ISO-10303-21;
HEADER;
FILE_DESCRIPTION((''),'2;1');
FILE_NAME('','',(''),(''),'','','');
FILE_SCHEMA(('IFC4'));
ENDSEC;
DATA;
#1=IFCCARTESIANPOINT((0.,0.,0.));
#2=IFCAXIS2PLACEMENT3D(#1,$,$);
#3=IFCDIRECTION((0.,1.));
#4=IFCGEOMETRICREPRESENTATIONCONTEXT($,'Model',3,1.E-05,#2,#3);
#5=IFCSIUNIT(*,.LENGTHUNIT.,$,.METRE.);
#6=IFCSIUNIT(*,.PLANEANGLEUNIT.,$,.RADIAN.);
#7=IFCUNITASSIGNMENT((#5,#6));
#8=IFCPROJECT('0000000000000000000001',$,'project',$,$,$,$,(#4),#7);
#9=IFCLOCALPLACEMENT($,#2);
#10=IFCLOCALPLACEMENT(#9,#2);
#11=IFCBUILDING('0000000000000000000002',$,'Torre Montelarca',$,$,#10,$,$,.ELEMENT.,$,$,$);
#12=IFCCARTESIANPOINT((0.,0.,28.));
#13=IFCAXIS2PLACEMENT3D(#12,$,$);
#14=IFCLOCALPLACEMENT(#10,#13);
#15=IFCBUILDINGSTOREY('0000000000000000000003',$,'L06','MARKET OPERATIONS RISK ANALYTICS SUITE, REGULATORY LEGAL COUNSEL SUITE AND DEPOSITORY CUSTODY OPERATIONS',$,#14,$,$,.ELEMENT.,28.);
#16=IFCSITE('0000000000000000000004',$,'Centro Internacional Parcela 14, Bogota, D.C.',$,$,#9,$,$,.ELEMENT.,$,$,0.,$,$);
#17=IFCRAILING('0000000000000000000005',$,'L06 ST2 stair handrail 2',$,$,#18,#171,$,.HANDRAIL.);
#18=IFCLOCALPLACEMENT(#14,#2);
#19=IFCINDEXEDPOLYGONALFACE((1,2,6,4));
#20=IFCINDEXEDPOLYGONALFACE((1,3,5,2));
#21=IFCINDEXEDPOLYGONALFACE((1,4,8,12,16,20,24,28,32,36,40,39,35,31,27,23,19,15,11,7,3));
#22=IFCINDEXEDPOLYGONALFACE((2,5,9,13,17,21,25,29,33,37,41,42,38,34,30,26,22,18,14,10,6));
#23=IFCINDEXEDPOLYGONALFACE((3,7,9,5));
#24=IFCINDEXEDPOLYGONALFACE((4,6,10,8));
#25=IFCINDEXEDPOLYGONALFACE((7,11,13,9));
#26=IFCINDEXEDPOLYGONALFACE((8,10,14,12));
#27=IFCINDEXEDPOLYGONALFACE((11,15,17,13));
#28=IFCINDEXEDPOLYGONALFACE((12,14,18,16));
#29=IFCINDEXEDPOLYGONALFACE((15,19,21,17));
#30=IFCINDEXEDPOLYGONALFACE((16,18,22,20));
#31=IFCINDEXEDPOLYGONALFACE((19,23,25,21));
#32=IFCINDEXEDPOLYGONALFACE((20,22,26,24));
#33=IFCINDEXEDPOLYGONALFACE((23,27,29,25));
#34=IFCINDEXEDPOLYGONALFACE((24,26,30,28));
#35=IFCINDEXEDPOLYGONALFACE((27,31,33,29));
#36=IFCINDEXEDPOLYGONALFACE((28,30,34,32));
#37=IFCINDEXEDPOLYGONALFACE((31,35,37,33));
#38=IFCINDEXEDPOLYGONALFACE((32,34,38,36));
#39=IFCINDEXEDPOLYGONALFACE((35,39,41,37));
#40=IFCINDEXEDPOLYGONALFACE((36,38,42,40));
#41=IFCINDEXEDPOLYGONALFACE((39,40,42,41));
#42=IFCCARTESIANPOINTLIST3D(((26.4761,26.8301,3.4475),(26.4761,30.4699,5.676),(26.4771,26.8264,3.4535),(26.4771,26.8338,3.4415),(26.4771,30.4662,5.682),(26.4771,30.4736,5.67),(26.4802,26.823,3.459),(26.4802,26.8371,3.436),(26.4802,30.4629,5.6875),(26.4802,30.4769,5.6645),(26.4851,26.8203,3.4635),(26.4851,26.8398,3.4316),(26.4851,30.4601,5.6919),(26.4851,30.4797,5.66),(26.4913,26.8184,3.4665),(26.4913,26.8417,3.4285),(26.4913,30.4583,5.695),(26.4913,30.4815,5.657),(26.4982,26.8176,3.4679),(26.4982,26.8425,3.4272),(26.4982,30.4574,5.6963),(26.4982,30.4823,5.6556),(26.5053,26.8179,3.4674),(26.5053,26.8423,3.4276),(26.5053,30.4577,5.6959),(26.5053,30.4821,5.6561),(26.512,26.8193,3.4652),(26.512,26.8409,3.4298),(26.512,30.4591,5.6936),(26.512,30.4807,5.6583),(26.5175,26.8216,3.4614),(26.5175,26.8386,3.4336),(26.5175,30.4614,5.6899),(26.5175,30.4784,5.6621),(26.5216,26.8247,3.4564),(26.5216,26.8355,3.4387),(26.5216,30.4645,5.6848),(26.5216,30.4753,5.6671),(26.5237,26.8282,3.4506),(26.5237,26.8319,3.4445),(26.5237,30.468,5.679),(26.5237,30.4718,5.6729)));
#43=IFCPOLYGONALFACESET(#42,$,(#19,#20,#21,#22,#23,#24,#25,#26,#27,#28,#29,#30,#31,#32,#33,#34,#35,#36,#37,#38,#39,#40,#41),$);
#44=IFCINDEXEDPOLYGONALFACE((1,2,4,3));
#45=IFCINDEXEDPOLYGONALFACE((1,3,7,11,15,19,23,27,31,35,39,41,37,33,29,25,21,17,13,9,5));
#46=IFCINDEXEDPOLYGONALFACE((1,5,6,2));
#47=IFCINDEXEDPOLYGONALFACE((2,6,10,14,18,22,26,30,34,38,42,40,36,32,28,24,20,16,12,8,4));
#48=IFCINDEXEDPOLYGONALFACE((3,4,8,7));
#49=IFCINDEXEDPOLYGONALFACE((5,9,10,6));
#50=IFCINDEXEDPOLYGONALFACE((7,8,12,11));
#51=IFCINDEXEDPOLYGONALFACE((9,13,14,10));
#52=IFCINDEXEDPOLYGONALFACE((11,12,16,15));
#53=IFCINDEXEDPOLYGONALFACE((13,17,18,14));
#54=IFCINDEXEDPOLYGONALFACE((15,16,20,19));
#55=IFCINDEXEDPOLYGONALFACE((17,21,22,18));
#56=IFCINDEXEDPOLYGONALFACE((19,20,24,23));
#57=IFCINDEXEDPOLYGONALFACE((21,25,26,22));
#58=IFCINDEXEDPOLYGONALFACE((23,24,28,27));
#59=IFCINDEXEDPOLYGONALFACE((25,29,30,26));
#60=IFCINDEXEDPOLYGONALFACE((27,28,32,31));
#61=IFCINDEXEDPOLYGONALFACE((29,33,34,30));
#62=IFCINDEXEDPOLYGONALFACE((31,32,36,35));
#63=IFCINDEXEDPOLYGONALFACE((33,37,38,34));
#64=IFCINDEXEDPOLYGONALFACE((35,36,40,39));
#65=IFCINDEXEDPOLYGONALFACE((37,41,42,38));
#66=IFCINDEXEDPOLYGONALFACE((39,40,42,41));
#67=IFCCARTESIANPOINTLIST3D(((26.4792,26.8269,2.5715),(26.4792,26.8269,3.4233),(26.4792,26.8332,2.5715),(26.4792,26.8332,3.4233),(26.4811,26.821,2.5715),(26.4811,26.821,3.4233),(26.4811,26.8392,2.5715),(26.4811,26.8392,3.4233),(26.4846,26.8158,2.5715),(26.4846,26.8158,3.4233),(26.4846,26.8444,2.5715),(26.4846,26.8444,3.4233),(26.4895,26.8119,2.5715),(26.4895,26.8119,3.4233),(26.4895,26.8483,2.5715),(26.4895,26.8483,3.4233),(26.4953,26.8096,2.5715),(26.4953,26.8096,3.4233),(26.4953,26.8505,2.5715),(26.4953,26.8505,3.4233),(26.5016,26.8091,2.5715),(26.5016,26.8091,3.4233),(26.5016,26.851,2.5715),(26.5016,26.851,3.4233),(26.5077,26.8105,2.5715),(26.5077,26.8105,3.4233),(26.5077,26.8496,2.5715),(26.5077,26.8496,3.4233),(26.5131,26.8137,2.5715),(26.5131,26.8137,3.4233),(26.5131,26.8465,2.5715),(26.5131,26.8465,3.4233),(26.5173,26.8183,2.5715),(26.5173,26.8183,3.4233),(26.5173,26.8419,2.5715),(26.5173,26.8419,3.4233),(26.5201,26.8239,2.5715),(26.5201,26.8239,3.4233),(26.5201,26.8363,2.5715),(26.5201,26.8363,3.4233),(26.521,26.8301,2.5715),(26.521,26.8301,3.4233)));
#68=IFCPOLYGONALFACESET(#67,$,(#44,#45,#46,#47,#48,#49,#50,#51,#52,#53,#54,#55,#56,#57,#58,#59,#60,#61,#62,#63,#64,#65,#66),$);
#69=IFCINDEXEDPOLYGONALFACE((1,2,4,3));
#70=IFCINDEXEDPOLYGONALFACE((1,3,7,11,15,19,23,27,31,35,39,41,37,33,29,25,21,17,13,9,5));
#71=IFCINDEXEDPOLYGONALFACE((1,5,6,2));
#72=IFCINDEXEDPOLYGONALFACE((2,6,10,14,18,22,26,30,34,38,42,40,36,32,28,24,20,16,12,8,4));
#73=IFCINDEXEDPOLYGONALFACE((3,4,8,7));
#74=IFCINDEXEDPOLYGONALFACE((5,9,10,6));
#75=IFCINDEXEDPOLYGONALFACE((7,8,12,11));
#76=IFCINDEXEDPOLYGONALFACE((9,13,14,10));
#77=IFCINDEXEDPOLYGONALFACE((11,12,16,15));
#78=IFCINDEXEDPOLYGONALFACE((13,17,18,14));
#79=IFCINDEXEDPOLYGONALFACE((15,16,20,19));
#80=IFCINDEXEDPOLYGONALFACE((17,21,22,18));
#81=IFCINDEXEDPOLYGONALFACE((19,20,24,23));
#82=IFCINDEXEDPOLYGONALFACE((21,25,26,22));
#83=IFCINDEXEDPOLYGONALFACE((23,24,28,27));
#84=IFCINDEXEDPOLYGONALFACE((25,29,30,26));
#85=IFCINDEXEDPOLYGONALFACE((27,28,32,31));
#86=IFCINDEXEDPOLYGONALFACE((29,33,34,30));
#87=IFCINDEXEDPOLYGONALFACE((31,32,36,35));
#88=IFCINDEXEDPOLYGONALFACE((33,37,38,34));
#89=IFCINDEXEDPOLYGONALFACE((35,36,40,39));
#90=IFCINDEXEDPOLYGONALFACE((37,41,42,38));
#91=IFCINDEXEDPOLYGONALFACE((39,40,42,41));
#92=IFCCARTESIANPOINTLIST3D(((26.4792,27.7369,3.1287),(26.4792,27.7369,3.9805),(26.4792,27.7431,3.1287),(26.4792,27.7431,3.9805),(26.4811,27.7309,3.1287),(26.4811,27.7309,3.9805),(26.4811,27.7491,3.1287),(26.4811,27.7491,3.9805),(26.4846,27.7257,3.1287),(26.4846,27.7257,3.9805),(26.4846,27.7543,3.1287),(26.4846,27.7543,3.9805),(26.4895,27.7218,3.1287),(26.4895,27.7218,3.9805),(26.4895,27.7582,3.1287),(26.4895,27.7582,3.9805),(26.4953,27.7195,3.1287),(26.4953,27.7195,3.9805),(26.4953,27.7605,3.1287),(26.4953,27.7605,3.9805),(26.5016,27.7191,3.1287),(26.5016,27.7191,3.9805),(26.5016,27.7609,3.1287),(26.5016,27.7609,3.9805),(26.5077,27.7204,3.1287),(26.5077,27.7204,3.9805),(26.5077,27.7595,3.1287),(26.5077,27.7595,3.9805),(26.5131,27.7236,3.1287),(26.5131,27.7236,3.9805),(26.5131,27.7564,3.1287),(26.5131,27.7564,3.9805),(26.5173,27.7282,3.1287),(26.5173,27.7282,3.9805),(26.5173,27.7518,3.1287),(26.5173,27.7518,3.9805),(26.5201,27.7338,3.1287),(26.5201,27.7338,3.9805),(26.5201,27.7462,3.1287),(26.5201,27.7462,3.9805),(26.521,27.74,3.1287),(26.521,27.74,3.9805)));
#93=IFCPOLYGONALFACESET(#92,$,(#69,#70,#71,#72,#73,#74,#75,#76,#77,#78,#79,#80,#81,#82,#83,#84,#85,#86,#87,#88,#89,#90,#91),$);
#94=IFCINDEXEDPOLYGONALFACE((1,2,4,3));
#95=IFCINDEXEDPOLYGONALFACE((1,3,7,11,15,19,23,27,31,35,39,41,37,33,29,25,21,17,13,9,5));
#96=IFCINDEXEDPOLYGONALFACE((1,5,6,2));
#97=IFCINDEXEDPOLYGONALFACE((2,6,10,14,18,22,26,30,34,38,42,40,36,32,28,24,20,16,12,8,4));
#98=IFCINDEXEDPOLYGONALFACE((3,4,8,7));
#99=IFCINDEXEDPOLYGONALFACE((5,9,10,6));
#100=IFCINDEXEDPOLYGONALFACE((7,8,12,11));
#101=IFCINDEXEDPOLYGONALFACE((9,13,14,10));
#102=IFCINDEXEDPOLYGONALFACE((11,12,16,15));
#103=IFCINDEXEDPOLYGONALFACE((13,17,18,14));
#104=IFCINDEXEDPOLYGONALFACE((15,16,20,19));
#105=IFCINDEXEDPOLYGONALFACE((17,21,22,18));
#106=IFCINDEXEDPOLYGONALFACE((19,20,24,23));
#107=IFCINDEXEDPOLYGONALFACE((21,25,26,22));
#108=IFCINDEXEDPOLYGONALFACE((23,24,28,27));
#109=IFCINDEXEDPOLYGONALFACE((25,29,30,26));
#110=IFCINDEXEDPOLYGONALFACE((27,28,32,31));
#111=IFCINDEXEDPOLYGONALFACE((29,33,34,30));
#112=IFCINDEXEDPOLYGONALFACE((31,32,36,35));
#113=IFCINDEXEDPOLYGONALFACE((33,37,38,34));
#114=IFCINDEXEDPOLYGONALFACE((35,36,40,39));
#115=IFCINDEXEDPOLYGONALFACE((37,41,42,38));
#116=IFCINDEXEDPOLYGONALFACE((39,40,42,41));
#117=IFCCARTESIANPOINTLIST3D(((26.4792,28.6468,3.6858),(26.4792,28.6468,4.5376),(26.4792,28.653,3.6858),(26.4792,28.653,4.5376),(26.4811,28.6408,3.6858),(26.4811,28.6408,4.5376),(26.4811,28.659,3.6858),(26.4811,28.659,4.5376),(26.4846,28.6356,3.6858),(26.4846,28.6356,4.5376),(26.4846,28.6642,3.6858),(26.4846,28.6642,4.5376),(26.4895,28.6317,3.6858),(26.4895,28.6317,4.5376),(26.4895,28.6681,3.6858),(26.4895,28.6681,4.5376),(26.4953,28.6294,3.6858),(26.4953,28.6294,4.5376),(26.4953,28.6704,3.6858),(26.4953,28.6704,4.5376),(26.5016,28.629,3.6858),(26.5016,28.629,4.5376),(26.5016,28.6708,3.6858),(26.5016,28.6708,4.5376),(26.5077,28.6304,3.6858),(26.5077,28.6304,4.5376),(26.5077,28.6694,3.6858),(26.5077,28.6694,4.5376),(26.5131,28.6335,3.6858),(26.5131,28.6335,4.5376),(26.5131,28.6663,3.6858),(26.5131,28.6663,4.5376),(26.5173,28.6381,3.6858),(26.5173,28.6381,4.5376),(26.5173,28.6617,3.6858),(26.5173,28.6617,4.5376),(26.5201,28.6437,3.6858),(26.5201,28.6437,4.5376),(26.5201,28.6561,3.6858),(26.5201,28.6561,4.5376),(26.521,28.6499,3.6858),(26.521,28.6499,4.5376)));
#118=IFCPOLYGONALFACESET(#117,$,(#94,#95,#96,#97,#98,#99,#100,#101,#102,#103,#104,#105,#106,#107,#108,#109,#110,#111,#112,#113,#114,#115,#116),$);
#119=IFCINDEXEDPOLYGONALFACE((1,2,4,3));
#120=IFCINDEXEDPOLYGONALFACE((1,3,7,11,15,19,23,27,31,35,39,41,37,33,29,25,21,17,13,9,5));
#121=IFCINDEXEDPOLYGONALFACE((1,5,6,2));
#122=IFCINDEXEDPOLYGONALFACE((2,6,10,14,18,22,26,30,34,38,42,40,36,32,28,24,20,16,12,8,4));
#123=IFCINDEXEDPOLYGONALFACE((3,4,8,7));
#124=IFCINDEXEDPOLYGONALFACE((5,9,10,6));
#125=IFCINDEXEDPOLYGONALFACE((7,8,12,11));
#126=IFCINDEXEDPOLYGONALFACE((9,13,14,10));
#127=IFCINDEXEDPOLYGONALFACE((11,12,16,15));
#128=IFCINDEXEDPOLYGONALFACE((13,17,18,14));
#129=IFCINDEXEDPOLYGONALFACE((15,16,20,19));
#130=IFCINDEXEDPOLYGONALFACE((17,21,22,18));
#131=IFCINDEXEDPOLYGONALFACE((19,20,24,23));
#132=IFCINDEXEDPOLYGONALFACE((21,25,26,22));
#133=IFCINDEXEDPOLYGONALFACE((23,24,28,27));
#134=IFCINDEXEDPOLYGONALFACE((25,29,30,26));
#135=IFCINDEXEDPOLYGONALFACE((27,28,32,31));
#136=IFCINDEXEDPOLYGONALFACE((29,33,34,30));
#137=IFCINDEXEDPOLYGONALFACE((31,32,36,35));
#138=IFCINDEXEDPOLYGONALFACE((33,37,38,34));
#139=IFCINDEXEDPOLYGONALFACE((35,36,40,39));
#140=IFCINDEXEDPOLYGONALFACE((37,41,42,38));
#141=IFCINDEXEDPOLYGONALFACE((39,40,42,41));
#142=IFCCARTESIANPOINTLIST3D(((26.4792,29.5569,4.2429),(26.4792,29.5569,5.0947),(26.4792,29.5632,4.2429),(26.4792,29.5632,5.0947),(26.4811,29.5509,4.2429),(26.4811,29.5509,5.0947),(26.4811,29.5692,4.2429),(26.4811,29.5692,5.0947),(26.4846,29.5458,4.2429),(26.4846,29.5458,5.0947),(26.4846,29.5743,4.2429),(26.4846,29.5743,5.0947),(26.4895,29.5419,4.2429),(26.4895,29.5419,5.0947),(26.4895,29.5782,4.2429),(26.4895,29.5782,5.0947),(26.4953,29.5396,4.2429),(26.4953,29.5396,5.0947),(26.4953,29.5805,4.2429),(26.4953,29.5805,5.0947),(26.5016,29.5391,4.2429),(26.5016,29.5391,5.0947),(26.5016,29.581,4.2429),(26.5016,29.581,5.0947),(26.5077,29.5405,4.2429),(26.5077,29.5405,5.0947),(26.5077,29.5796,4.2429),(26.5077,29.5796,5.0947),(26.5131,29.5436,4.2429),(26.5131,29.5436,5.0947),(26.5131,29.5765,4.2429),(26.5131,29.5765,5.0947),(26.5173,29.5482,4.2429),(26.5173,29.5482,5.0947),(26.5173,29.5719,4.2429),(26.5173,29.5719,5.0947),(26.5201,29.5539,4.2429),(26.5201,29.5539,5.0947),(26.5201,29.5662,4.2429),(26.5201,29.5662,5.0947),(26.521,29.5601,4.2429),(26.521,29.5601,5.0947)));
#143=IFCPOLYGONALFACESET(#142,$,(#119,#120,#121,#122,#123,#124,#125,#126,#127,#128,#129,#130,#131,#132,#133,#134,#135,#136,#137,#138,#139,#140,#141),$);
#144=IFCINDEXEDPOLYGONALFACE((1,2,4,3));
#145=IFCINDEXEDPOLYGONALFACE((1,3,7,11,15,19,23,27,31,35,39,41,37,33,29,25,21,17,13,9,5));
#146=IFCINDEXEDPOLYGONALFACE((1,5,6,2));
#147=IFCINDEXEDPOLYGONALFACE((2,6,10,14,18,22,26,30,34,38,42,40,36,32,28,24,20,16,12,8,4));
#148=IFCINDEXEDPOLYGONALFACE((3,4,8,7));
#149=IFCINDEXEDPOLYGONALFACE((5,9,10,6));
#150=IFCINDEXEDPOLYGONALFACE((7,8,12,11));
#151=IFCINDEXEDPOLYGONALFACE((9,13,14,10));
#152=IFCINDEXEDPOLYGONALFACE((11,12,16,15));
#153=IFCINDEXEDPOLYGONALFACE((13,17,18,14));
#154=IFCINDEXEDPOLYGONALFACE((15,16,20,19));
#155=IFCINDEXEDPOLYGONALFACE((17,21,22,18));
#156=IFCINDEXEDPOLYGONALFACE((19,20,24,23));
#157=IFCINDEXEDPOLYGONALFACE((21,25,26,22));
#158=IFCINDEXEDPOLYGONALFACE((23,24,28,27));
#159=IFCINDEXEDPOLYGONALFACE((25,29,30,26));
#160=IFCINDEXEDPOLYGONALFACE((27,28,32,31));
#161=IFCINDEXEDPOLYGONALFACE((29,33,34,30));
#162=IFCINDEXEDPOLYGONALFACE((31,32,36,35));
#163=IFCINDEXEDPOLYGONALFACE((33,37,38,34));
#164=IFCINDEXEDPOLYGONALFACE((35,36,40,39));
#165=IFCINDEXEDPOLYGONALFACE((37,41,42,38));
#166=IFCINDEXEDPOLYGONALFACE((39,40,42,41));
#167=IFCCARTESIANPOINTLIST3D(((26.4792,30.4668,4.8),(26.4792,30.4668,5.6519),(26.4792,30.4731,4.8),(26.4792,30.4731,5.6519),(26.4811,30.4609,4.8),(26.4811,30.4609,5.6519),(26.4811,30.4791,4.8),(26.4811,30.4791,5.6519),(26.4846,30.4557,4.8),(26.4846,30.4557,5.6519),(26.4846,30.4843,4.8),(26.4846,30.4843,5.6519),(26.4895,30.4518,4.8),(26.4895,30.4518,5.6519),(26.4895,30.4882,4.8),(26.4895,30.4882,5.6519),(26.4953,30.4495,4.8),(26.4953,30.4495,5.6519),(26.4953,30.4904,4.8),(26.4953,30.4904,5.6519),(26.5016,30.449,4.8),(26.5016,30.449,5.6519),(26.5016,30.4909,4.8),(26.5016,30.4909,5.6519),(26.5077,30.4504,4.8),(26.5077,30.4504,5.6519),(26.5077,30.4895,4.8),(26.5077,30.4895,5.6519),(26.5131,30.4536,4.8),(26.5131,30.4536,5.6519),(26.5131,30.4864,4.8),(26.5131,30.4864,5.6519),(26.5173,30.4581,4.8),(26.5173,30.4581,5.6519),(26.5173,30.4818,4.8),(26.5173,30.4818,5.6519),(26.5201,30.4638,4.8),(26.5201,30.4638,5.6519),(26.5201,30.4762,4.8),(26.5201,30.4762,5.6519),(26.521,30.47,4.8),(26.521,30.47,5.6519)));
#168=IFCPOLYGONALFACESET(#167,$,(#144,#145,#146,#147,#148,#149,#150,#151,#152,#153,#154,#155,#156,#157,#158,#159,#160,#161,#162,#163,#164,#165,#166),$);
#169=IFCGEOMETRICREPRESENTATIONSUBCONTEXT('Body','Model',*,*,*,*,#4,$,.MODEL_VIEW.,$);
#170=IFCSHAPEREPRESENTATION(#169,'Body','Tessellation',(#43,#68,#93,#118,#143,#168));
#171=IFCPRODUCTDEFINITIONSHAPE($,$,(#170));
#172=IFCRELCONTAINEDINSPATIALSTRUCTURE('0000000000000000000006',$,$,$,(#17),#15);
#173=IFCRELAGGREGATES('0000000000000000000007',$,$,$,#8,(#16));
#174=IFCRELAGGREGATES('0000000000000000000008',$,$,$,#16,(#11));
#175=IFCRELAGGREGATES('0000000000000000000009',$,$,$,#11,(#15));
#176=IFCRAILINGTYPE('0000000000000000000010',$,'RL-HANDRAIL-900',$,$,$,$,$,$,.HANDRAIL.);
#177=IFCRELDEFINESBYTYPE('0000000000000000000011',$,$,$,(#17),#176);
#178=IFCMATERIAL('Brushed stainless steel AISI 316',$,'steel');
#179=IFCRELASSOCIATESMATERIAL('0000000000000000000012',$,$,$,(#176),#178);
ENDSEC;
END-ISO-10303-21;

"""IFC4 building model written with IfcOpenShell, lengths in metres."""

from ifc_helpers import new_model, si_unit, direction, frame, origin, origin_2d, place, context, subcontext, project, spatial, circle, extrude, material, type_object, element, save


model = new_model("IFC4")

# Units and contexts
model_context = context("Model", 3, precision=1e-05, world=origin(), true_north=direction((0.0, 1.0)))
body_context = subcontext(model_context, "Body", "Model", "MODEL_VIEW")
ifc_project = project(units=[si_unit("LENGTHUNIT", "METRE"), si_unit("PLANEANGLEUNIT", "RADIAN")], contexts=[model_context])

# Site, building, storey
site_placement = place(None, origin())
site = spatial("IfcSite", under=ifc_project, at=site_placement, Name="Centro Internacional Parcela 14, Bogota, D.C.", CompositionType="ELEMENT", RefElevation=0.0)
building_placement = place(site_placement, origin())
building = spatial("IfcBuilding", under=site, at=building_placement, Name="Torre Montelarca", CompositionType="ELEMENT")
storey_placement = place(building_placement, frame((0.0, 0.0, 28.0)))
storey = spatial("IfcBuildingStorey", under=building, at=storey_placement, Name="L06", Description="MARKET OPERATIONS RISK ANALYTICS SUITE, REGULATORY LEGAL COUNSEL SUITE AND DEPOSITORY CUSTODY OPERATIONS", CompositionType="ELEMENT", Elevation=28.0)

# Railing
ifc_material_1 = material(Name="Brushed stainless steel AISI 316", Category="steel")
railing_type_1 = type_object("IfcRailingType", Name="RL-HANDRAIL-900", PredefinedType="HANDRAIL", material=ifc_material_1)
railing_1_placement = place(storey_placement, frame((26.5, 26.8301, 2.5715)))
element("IfcRailing", 1, at=railing_1_placement, inside=storey, type_object=railing_type_1, Name="L06 ST2 stair handrail 2", PredefinedType="HANDRAIL", context=body_context, shape_type="SweptSolid", body=[
    extrude(circle(Radius=0.0239, at=origin_2d()), frame((0.0, 0.0, 0.876), z_axis=(0.0, 0.85285, 0.522156), x_axis=(-1.0, 0.0, 0.0)), (0.0, 0.0, 1.0), 4.2678),
    extrude(circle(Radius=0.021, at=origin_2d()), origin(), (0.0, 0.0, 1.0), 0.8518),
    extrude(circle(Radius=0.021, at=origin_2d()), frame((0.0, 0.9099, 0.5571)), (0.0, 0.0, 1.0), 0.8518),
    extrude(circle(Radius=0.021, at=origin_2d()), frame((0.0, 1.8198, 1.1143)), (0.0, 0.0, 1.0), 0.8518),
    extrude(circle(Radius=0.021, at=origin_2d()), frame((0.0, 2.73, 1.6714)), (0.0, 0.0, 1.0), 0.8518),
    extrude(circle(Radius=0.021, at=origin_2d()), frame((0.0, 3.6399, 2.2285)), (0.0, 0.0, 1.0), 0.8518),
])

save(model, "model.ifc")
